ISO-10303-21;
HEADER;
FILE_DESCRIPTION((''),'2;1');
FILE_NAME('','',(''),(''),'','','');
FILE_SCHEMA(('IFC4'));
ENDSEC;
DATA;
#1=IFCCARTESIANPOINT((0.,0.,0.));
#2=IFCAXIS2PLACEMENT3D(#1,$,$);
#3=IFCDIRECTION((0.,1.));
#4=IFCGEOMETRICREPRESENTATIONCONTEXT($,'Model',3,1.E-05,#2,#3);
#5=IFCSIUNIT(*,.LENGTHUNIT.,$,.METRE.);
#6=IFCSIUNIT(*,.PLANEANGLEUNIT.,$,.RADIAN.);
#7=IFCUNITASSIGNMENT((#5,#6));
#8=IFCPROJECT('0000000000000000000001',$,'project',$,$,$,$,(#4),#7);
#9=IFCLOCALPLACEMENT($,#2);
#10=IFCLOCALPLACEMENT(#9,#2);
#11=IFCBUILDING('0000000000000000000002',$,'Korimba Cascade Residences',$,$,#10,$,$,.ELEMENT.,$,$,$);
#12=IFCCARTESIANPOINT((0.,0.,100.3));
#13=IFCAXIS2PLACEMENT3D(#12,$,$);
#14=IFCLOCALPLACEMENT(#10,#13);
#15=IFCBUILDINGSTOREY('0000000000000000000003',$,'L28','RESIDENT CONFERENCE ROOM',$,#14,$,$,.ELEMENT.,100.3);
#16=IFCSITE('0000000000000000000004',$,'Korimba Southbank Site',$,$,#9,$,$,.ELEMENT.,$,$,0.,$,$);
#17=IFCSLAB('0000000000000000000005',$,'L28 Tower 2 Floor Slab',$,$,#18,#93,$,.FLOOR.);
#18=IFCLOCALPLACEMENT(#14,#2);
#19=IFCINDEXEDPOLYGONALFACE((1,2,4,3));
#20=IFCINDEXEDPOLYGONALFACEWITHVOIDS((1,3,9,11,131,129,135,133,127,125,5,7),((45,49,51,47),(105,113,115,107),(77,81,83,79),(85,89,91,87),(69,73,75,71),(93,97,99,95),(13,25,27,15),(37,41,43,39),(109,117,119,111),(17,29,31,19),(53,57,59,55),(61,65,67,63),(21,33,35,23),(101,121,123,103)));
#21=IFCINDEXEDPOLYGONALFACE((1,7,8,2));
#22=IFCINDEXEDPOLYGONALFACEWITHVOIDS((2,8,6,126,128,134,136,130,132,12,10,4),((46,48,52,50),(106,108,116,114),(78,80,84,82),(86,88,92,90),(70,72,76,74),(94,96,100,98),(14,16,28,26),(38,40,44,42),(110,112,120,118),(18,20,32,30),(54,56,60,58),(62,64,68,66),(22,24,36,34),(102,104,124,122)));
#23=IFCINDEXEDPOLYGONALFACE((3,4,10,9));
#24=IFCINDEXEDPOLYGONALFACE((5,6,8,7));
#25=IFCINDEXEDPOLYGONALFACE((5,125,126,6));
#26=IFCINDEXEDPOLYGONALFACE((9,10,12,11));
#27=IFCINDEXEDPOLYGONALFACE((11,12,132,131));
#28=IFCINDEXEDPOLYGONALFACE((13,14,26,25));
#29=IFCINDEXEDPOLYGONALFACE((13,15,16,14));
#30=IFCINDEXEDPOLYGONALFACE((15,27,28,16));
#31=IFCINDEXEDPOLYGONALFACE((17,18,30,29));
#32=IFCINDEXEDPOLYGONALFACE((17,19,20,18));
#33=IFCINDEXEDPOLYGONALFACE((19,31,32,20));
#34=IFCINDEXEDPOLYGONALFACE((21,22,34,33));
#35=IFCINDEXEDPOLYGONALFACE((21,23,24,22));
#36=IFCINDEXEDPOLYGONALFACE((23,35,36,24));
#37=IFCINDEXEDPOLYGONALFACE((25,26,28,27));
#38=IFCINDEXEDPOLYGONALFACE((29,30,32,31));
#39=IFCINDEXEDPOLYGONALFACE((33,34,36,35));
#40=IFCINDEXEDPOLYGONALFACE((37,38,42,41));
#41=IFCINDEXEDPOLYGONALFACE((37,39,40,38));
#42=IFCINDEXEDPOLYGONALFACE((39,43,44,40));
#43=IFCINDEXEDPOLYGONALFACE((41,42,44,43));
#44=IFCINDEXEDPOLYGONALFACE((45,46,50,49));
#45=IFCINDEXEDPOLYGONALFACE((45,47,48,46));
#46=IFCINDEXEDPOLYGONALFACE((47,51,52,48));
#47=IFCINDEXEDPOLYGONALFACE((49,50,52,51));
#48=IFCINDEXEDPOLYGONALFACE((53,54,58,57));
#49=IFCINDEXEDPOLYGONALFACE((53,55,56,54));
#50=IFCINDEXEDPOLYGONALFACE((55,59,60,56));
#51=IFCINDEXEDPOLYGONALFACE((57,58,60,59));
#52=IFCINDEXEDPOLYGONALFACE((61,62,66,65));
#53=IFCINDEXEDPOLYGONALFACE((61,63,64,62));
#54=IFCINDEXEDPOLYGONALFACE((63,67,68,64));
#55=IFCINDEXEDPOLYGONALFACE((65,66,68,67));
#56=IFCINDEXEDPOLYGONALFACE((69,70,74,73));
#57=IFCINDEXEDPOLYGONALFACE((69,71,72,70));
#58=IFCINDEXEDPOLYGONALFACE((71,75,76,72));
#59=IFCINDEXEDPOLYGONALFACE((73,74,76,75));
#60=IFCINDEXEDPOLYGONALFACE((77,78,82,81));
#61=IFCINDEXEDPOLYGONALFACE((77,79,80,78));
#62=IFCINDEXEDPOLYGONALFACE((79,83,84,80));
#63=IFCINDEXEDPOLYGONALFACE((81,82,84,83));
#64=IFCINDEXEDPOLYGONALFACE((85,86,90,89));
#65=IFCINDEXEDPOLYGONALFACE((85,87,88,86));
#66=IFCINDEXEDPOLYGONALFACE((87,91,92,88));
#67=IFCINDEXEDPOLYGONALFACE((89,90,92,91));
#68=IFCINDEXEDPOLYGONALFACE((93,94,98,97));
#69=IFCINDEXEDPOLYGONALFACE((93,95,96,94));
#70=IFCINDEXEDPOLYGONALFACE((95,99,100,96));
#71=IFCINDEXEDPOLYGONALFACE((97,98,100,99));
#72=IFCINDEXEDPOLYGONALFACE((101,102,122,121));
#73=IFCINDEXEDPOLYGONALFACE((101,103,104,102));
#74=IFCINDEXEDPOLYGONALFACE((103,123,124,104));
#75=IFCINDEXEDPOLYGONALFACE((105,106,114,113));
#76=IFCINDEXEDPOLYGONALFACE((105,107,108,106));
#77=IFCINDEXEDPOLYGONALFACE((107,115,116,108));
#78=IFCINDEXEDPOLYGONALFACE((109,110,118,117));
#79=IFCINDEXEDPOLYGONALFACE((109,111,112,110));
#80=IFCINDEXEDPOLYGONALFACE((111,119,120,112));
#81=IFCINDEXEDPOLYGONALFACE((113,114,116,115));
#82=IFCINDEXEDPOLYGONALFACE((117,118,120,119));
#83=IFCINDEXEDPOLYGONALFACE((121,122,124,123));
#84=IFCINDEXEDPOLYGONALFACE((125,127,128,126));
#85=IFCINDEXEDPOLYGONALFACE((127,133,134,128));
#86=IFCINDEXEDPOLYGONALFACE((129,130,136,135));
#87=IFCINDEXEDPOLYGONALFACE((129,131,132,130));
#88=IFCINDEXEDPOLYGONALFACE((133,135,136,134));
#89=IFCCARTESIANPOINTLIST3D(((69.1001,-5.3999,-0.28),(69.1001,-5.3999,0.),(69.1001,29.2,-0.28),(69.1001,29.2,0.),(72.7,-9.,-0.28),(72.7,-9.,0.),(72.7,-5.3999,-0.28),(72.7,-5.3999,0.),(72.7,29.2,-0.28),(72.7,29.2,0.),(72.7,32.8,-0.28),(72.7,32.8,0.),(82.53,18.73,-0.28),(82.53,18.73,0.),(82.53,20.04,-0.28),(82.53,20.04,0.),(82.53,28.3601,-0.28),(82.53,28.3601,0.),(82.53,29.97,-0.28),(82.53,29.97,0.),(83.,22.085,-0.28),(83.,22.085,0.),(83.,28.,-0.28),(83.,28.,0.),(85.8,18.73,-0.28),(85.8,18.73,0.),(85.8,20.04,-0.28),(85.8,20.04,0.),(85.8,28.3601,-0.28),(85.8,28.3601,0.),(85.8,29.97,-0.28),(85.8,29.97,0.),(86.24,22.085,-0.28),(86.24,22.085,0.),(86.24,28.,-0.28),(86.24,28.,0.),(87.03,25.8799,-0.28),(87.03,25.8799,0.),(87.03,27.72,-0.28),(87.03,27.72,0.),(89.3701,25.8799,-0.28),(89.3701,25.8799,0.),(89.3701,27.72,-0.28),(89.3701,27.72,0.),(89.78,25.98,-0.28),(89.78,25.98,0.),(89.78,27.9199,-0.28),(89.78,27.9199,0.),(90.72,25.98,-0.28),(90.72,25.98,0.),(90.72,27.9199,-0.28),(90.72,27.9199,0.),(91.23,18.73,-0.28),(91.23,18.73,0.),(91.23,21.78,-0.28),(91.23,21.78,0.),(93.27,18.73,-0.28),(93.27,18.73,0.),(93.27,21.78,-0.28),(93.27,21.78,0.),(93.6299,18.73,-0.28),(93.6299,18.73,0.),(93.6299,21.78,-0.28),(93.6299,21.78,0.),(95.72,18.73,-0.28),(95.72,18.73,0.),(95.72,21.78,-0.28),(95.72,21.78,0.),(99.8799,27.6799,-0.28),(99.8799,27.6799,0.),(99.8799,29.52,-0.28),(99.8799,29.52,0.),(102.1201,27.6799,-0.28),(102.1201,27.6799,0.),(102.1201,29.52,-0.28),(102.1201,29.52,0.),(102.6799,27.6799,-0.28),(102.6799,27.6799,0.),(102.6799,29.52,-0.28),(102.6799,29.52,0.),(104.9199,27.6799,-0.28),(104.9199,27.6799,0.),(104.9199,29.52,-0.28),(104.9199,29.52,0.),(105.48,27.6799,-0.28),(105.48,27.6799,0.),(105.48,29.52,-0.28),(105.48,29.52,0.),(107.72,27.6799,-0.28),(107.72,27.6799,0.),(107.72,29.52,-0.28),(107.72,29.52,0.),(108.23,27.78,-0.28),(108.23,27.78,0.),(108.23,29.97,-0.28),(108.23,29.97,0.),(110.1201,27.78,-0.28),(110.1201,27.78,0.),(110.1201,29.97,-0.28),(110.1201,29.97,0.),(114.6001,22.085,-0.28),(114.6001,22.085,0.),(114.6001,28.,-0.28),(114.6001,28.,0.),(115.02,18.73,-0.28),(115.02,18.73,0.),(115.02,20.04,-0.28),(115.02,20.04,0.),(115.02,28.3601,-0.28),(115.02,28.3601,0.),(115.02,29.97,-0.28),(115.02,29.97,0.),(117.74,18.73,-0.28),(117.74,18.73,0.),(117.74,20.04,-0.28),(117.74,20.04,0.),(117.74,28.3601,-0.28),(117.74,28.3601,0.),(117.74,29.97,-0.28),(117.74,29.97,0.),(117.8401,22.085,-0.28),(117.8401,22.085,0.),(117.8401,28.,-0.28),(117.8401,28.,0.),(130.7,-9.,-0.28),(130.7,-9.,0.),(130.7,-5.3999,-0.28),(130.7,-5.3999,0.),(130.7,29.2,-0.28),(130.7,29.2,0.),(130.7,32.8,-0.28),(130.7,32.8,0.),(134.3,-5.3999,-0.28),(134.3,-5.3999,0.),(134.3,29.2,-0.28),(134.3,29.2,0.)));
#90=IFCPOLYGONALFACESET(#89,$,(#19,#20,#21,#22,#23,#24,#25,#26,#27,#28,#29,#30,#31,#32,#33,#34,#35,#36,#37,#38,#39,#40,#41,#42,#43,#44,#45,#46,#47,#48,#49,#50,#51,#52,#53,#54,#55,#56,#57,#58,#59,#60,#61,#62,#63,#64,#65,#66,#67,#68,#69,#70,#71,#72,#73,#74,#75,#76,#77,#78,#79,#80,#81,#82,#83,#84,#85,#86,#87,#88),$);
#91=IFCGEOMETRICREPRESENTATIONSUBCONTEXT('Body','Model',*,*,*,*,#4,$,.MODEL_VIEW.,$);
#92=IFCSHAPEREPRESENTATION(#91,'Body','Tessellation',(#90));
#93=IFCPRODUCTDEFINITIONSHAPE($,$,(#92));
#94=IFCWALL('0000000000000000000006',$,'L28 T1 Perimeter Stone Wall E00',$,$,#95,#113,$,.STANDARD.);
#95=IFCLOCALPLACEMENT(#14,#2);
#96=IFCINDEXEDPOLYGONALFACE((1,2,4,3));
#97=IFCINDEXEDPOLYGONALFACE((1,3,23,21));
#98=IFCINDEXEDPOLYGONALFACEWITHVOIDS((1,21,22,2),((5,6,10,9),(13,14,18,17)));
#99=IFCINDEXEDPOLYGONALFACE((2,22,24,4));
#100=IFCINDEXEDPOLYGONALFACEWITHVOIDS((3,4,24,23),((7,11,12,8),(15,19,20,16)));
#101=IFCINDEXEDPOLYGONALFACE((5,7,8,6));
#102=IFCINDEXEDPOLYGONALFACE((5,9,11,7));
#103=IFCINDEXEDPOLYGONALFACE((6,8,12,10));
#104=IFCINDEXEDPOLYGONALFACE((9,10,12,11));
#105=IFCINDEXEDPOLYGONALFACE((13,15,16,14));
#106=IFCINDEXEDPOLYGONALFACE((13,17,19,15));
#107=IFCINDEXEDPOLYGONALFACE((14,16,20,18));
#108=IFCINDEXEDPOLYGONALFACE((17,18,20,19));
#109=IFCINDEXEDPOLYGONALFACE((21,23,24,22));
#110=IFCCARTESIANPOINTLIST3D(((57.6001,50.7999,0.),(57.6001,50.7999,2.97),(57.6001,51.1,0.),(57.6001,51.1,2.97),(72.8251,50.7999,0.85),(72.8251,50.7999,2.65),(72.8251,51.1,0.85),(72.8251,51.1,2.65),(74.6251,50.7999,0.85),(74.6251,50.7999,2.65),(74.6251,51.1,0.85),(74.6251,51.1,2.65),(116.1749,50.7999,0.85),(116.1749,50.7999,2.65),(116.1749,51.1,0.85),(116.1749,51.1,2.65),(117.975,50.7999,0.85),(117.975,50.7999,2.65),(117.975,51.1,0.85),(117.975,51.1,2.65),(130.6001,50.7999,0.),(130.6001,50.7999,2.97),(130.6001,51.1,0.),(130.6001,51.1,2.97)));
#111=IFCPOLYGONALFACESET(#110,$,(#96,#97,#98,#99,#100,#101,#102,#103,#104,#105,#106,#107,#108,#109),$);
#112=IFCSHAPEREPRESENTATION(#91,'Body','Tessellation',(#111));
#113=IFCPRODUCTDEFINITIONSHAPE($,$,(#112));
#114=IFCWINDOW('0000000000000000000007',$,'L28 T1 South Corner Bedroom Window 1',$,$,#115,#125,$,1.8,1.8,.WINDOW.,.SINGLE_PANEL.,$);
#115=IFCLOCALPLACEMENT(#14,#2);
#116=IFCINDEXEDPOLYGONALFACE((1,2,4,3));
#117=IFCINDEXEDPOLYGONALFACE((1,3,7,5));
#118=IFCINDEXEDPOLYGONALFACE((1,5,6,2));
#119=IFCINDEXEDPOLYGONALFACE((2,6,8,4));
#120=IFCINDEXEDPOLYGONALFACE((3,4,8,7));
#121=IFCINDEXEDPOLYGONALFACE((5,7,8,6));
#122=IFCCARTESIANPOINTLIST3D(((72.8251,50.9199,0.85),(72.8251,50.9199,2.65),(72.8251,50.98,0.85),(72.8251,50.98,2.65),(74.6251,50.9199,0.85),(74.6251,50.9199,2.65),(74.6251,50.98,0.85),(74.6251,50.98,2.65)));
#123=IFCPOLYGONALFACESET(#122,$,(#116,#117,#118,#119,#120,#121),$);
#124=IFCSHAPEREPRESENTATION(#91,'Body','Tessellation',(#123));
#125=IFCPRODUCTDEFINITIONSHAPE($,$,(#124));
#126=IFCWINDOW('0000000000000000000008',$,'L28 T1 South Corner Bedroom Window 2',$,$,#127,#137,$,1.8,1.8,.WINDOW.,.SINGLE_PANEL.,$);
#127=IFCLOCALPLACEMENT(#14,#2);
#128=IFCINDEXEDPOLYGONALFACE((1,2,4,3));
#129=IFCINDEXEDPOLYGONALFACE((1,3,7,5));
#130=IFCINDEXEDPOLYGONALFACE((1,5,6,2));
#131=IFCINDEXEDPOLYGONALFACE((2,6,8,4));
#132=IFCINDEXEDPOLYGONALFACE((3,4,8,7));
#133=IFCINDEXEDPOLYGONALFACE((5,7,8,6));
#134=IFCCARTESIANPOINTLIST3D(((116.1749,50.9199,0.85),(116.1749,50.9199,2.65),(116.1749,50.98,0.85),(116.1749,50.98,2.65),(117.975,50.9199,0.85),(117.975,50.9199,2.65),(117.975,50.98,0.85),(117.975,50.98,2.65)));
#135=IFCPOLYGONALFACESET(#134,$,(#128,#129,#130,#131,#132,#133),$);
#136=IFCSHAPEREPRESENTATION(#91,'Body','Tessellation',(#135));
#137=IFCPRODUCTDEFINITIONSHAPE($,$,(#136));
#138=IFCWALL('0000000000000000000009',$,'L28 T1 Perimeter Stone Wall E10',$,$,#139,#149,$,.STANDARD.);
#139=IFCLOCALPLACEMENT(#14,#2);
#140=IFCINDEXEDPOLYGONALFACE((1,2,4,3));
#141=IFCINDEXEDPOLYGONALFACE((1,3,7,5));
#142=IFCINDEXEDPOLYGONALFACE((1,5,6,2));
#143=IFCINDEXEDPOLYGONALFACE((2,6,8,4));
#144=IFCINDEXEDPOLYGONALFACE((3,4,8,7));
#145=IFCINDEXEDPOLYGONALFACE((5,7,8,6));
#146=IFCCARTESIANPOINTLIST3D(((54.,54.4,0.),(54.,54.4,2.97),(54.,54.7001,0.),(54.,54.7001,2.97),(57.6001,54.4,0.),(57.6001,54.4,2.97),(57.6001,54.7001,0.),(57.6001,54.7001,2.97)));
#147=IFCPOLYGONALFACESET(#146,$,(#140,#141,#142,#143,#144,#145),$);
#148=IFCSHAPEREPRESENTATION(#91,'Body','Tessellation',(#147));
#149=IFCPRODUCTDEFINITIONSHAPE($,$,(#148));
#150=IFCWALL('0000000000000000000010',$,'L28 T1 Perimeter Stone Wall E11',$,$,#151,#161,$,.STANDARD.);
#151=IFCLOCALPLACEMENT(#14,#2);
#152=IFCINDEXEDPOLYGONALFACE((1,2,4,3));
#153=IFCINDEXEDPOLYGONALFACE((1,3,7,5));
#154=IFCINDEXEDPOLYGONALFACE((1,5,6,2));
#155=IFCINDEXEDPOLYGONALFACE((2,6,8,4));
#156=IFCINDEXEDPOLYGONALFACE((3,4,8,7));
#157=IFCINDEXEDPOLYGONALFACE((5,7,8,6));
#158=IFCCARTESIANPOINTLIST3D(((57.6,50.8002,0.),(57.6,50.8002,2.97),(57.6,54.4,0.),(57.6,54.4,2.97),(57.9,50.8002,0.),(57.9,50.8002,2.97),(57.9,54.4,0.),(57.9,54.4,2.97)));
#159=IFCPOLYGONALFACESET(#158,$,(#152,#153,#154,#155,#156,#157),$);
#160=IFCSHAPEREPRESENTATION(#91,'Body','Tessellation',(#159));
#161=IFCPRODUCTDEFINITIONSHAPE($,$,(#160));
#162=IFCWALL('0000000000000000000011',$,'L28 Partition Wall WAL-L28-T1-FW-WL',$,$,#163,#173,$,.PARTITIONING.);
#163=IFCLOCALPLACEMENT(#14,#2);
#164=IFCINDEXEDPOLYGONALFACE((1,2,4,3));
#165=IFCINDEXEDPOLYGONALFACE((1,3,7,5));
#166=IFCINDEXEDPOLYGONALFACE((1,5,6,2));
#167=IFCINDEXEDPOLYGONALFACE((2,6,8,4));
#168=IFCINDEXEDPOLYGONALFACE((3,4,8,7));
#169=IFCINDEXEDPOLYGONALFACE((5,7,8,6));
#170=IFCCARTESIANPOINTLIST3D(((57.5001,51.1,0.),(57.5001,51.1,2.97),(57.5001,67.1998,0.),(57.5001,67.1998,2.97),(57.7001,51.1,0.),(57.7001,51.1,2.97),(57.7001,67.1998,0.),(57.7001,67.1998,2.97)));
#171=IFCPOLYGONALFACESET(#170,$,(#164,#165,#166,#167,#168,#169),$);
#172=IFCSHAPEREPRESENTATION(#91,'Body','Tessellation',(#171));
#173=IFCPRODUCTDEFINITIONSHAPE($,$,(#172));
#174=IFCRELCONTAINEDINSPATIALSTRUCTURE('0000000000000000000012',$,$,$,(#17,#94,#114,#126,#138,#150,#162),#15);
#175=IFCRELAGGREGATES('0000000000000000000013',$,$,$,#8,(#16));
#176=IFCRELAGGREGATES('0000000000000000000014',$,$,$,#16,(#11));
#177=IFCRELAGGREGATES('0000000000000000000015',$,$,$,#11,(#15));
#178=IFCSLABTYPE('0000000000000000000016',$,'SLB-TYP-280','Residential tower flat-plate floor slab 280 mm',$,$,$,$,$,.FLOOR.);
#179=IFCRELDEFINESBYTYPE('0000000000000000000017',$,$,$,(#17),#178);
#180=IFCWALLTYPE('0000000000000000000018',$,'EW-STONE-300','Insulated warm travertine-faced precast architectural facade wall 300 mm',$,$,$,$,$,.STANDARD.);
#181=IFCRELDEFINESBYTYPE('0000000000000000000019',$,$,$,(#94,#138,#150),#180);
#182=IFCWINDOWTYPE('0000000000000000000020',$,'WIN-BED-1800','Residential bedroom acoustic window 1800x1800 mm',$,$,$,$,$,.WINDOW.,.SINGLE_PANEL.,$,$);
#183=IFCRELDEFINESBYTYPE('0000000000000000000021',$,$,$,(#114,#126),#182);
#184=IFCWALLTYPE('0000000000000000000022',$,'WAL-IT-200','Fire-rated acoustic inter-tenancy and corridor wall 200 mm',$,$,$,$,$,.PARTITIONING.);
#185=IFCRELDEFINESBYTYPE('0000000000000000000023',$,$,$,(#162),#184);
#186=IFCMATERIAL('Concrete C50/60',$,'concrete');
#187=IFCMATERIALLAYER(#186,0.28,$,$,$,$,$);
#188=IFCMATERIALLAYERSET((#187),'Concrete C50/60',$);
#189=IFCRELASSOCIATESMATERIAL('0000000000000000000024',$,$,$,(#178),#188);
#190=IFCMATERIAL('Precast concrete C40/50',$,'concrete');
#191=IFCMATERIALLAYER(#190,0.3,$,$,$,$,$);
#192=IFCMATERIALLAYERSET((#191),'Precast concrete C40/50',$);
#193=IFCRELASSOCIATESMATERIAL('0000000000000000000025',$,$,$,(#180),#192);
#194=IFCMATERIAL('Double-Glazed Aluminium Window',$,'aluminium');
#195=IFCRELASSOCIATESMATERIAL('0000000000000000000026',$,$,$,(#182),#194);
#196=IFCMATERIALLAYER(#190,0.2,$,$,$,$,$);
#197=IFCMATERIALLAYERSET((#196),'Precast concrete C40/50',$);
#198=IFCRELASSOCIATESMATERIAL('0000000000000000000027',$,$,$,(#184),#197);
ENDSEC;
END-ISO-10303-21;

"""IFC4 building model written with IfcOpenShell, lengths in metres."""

from ifc_helpers import new_model, si_unit, direction, frame, frame_2d, origin, place, context, subcontext, project, spatial, polyline, rectangle, outline, extrude, material, layer, layer_set, type_object, element, fill, save


model = new_model("IFC4")

# Units and contexts
model_context = context("Model", 3, precision=1e-05, world=origin(), true_north=direction((0.0, 1.0)))
body_context = subcontext(model_context, "Body", "Model", "MODEL_VIEW")
ifc_project = project(units=[si_unit("LENGTHUNIT", "METRE"), si_unit("PLANEANGLEUNIT", "RADIAN")], contexts=[model_context])

# Site, building, storey
site_placement = place(None, origin())
site = spatial("IfcSite", under=ifc_project, at=site_placement, Name="Korimba Southbank Site", CompositionType="ELEMENT", RefElevation=0.0)
building_placement = place(site_placement, origin())
building = spatial("IfcBuilding", under=site, at=building_placement, Name="Korimba Cascade Residences", CompositionType="ELEMENT")
storey_placement = place(building_placement, frame((0.0, 0.0, 100.3)))
storey = spatial("IfcBuildingStorey", under=building, at=storey_placement, Name="L28", Description="RESIDENT CONFERENCE ROOM", CompositionType="ELEMENT", Elevation=100.3)

# Shared definitions
ifc_material_1 = material(Name="Concrete C50/60", Category="concrete")

# Slab
ifc_material_2 = material(Name="Precast concrete C40/50", Category="concrete")
ifc_layer_1 = layer(ifc_material_1, 0.28)
ifc_layer_set_1 = layer_set([ifc_layer_1], Name="Concrete C50/60")
slab_type_1 = type_object("IfcSlabType", Name="SLB-TYP-280", Description="Residential tower flat-plate floor slab 280 mm", PredefinedType="FLOOR", material=ifc_layer_set_1)
slab_1_placement = place(storey_placement, frame((0.0, 0.0, -0.28)))
element("IfcSlab", 1, at=slab_1_placement, inside=storey, type_object=slab_type_1, Name="L28 Tower 2 Floor Slab", PredefinedType="FLOOR", context=body_context, shape_type="SweptSolid", body=[
    extrude(outline(polyline([(72.7, -9.0), (130.7, -9.0), (130.7, -5.3999), (134.3, -5.3999), (134.3, 29.2), (130.7, 29.2), (130.7, 32.8), (72.7, 32.8), (72.7, 29.2), (69.1001, 29.2), (69.1001, -5.3999), (72.7, -5.3999), (72.7, -9.0)]), holes=[polyline([(86.24, 22.085), (86.24, 28.0), (83.0, 28.0), (83.0, 22.085), (86.24, 22.085)]), polyline([(117.8401, 22.085), (117.8401, 28.0), (114.6001, 28.0), (114.6001, 22.085), (117.8401, 22.085)]), polyline([(87.03, 25.8799), (89.3701, 25.8799), (89.3701, 27.72), (87.03, 27.72), (87.03, 25.8799)]), polyline([(99.8799, 27.6799), (102.1201, 27.6799), (102.1201, 29.52), (99.8799, 29.52), (99.8799, 27.6799)]), polyline([(102.6799, 27.6799), (104.9199, 27.6799), (104.9199, 29.52), (102.6799, 29.52), (102.6799, 27.6799)]), polyline([(105.48, 27.6799), (107.72, 27.6799), (107.72, 29.52), (105.48, 29.52), (105.48, 27.6799)]), polyline([(89.78, 25.98), (90.72, 25.98), (90.72, 27.9199), (89.78, 27.9199), (89.78, 25.98)]), polyline([(82.53, 18.73), (85.8, 18.73), (85.8, 20.04), (82.53, 20.04), (82.53, 18.73)]), polyline([(82.53, 28.3601), (85.8, 28.3601), (85.8, 29.97), (82.53, 29.97), (82.53, 28.3601)]), polyline([(108.23, 27.78), (110.1201, 27.78), (110.1201, 29.97), (108.23, 29.97), (108.23, 27.78)]), polyline([(91.23, 18.73), (93.27, 18.73), (93.27, 21.78), (91.23, 21.78), (91.23, 18.73)]), polyline([(93.6299, 18.73), (95.72, 18.73), (95.72, 21.78), (93.6299, 21.78), (93.6299, 18.73)]), polyline([(115.02, 18.73), (117.74, 18.73), (117.74, 20.04), (115.02, 20.04), (115.02, 18.73)]), polyline([(115.02, 28.3601), (117.74, 28.3601), (117.74, 29.97), (115.02, 29.97), (115.02, 28.3601)])]), origin(), (0.0, 0.0, 1.0), 0.28),
])

# Wall, openings, windows
ifc_layer_2 = layer(ifc_material_2, 0.3)
ifc_layer_set_2 = layer_set([ifc_layer_2], Name="Precast concrete C40/50")
wall_type_1 = type_object("IfcWallType", Name="EW-STONE-300", Description="Insulated warm travertine-faced precast architectural facade wall 300 mm", PredefinedType="STANDARD", material=ifc_layer_set_2)
wall_1_placement = place(storey_placement, frame((57.6001, 50.95, 0.0), z_axis=(0.0, 0.0, 1.0), x_axis=(1.0, 0.0, 0.0)))
wall_1 = element("IfcWall", 2, at=wall_1_placement, inside=storey, type_object=wall_type_1, Name="L28 T1 Perimeter Stone Wall E00", PredefinedType="STANDARD", context=body_context, shape_type="SweptSolid", body=[
    extrude(rectangle(XDim=73.0, YDim=0.3, at=frame_2d((36.5, 0.0))), origin(), (0.0, 0.0, 1.0), 2.97),
])
opening_1_placement = place(wall_1_placement, frame((15.2251, 0.0, 0.8501)))
opening_1 = element("IfcOpeningElement", 3, at=opening_1_placement, cuts=wall_1, PredefinedType="OPENING", context=body_context, shape_type="SweptSolid", body=[
    extrude(rectangle(XDim=1.8, YDim=1.8, at=frame_2d((0.8999, 0.8999))), frame((0.0, 0.1602, 0.0), z_axis=(0.0, -1.0, 0.0), x_axis=(1.0, 0.0, 0.0)), (0.0, 0.0, 1.0), 0.3201),
])
opening_2_placement = place(wall_1_placement, frame((58.575, 0.0, 0.8501)))
opening_2 = element("IfcOpeningElement", 4, at=opening_2_placement, cuts=wall_1, PredefinedType="OPENING", context=body_context, shape_type="SweptSolid", body=[
    extrude(rectangle(XDim=1.8, YDim=1.8, at=frame_2d((0.8999, 0.8999))), frame((0.0, 0.1602, 0.0), z_axis=(0.0, -1.0, 0.0), x_axis=(1.0, 0.0, 0.0)), (0.0, 0.0, 1.0), 0.3201),
])
ifc_material_3 = material(Name="Double-Glazed Aluminium Window", Category="aluminium")
window_type = type_object("IfcWindowType", Name="WIN-BED-1800", Description="Residential bedroom acoustic window 1800x1800 mm", PartitioningType="SINGLE_PANEL", PredefinedType="WINDOW", material=ifc_material_3)
window_1_placement = place(opening_1_placement, origin())
window_1 = element("IfcWindow", 5, at=window_1_placement, inside=storey, type_object=window_type, Name="L28 T1 South Corner Bedroom Window 1", OverallHeight=1.8, OverallWidth=1.8, PartitioningType="SINGLE_PANEL", PredefinedType="WINDOW", context=body_context, shape_type="SweptSolid", body=[
    extrude(rectangle(XDim=1.8, YDim=1.8, at=frame_2d((0.8999, 0.8999))), frame((0.0, 0.03, 0.0), z_axis=(0.0, -1.0, 0.0), x_axis=(1.0, 0.0, 0.0)), (0.0, 0.0, 1.0), 0.0601),
])
fill(opening_1, window_1)
window_2_placement = place(opening_2_placement, origin())
window_2 = element("IfcWindow", 6, at=window_2_placement, inside=storey, type_object=window_type, Name="L28 T1 South Corner Bedroom Window 2", OverallHeight=1.8, OverallWidth=1.8, PartitioningType="SINGLE_PANEL", PredefinedType="WINDOW", context=body_context, shape_type="SweptSolid", body=[
    extrude(rectangle(XDim=1.8, YDim=1.8, at=frame_2d((0.8999, 0.8999))), frame((0.0, 0.03, 0.0), z_axis=(0.0, -1.0, 0.0), x_axis=(1.0, 0.0, 0.0)), (0.0, 0.0, 1.0), 0.0601),
])
fill(opening_2, window_2)

# Walls
wall_2_placement = place(storey_placement, frame((54.0, 54.55, 0.0), z_axis=(0.0, 0.0, 1.0), x_axis=(1.0, 0.0, 0.0)))
element("IfcWall", 7, at=wall_2_placement, inside=storey, type_object=wall_type_1, Name="L28 T1 Perimeter Stone Wall E10", PredefinedType="STANDARD", context=body_context, shape_type="SweptSolid", body=[
    extrude(rectangle(XDim=3.6001, YDim=0.3, at=frame_2d((1.8, 0.0))), origin(), (0.0, 0.0, 1.0), 2.97),
])
wall_3_placement = place(storey_placement, frame((57.75, 54.3999, 0.0), z_axis=(0.0, 0.0, 1.0), x_axis=(0.0, -1.0, 0.0)))
element("IfcWall", 8, at=wall_3_placement, inside=storey, type_object=wall_type_1, Name="L28 T1 Perimeter Stone Wall E11", PredefinedType="STANDARD", context=body_context, shape_type="SweptSolid", body=[
    extrude(rectangle(XDim=3.5999, YDim=0.3, at=frame_2d((1.7998, 0.0))), origin(), (0.0, 0.0, 1.0), 2.97),
])
ifc_layer_3 = layer(ifc_material_2, 0.2)
ifc_layer_set_3 = layer_set([ifc_layer_3], Name="Precast concrete C40/50")
wall_type_2 = type_object("IfcWallType", Name="WAL-IT-200", Description="Fire-rated acoustic inter-tenancy and corridor wall 200 mm", PredefinedType="PARTITIONING", material=ifc_layer_set_3)
wall_4_placement = place(storey_placement, frame((57.6001, 51.1001, 0.0), z_axis=(0.0, 0.0, 1.0), x_axis=(0.0, 1.0, 0.0)))
element("IfcWall", 9, at=wall_4_placement, inside=storey, type_object=wall_type_2, Name="L28 Partition Wall WAL-L28-T1-FW-WL", PredefinedType="PARTITIONING", context=body_context, shape_type="SweptSolid", body=[
    extrude(rectangle(XDim=16.0999, YDim=0.2, at=frame_2d((8.0498, 0.0))), origin(), (0.0, 0.0, 1.0), 2.97),
])

save(model, "model.ifc")
